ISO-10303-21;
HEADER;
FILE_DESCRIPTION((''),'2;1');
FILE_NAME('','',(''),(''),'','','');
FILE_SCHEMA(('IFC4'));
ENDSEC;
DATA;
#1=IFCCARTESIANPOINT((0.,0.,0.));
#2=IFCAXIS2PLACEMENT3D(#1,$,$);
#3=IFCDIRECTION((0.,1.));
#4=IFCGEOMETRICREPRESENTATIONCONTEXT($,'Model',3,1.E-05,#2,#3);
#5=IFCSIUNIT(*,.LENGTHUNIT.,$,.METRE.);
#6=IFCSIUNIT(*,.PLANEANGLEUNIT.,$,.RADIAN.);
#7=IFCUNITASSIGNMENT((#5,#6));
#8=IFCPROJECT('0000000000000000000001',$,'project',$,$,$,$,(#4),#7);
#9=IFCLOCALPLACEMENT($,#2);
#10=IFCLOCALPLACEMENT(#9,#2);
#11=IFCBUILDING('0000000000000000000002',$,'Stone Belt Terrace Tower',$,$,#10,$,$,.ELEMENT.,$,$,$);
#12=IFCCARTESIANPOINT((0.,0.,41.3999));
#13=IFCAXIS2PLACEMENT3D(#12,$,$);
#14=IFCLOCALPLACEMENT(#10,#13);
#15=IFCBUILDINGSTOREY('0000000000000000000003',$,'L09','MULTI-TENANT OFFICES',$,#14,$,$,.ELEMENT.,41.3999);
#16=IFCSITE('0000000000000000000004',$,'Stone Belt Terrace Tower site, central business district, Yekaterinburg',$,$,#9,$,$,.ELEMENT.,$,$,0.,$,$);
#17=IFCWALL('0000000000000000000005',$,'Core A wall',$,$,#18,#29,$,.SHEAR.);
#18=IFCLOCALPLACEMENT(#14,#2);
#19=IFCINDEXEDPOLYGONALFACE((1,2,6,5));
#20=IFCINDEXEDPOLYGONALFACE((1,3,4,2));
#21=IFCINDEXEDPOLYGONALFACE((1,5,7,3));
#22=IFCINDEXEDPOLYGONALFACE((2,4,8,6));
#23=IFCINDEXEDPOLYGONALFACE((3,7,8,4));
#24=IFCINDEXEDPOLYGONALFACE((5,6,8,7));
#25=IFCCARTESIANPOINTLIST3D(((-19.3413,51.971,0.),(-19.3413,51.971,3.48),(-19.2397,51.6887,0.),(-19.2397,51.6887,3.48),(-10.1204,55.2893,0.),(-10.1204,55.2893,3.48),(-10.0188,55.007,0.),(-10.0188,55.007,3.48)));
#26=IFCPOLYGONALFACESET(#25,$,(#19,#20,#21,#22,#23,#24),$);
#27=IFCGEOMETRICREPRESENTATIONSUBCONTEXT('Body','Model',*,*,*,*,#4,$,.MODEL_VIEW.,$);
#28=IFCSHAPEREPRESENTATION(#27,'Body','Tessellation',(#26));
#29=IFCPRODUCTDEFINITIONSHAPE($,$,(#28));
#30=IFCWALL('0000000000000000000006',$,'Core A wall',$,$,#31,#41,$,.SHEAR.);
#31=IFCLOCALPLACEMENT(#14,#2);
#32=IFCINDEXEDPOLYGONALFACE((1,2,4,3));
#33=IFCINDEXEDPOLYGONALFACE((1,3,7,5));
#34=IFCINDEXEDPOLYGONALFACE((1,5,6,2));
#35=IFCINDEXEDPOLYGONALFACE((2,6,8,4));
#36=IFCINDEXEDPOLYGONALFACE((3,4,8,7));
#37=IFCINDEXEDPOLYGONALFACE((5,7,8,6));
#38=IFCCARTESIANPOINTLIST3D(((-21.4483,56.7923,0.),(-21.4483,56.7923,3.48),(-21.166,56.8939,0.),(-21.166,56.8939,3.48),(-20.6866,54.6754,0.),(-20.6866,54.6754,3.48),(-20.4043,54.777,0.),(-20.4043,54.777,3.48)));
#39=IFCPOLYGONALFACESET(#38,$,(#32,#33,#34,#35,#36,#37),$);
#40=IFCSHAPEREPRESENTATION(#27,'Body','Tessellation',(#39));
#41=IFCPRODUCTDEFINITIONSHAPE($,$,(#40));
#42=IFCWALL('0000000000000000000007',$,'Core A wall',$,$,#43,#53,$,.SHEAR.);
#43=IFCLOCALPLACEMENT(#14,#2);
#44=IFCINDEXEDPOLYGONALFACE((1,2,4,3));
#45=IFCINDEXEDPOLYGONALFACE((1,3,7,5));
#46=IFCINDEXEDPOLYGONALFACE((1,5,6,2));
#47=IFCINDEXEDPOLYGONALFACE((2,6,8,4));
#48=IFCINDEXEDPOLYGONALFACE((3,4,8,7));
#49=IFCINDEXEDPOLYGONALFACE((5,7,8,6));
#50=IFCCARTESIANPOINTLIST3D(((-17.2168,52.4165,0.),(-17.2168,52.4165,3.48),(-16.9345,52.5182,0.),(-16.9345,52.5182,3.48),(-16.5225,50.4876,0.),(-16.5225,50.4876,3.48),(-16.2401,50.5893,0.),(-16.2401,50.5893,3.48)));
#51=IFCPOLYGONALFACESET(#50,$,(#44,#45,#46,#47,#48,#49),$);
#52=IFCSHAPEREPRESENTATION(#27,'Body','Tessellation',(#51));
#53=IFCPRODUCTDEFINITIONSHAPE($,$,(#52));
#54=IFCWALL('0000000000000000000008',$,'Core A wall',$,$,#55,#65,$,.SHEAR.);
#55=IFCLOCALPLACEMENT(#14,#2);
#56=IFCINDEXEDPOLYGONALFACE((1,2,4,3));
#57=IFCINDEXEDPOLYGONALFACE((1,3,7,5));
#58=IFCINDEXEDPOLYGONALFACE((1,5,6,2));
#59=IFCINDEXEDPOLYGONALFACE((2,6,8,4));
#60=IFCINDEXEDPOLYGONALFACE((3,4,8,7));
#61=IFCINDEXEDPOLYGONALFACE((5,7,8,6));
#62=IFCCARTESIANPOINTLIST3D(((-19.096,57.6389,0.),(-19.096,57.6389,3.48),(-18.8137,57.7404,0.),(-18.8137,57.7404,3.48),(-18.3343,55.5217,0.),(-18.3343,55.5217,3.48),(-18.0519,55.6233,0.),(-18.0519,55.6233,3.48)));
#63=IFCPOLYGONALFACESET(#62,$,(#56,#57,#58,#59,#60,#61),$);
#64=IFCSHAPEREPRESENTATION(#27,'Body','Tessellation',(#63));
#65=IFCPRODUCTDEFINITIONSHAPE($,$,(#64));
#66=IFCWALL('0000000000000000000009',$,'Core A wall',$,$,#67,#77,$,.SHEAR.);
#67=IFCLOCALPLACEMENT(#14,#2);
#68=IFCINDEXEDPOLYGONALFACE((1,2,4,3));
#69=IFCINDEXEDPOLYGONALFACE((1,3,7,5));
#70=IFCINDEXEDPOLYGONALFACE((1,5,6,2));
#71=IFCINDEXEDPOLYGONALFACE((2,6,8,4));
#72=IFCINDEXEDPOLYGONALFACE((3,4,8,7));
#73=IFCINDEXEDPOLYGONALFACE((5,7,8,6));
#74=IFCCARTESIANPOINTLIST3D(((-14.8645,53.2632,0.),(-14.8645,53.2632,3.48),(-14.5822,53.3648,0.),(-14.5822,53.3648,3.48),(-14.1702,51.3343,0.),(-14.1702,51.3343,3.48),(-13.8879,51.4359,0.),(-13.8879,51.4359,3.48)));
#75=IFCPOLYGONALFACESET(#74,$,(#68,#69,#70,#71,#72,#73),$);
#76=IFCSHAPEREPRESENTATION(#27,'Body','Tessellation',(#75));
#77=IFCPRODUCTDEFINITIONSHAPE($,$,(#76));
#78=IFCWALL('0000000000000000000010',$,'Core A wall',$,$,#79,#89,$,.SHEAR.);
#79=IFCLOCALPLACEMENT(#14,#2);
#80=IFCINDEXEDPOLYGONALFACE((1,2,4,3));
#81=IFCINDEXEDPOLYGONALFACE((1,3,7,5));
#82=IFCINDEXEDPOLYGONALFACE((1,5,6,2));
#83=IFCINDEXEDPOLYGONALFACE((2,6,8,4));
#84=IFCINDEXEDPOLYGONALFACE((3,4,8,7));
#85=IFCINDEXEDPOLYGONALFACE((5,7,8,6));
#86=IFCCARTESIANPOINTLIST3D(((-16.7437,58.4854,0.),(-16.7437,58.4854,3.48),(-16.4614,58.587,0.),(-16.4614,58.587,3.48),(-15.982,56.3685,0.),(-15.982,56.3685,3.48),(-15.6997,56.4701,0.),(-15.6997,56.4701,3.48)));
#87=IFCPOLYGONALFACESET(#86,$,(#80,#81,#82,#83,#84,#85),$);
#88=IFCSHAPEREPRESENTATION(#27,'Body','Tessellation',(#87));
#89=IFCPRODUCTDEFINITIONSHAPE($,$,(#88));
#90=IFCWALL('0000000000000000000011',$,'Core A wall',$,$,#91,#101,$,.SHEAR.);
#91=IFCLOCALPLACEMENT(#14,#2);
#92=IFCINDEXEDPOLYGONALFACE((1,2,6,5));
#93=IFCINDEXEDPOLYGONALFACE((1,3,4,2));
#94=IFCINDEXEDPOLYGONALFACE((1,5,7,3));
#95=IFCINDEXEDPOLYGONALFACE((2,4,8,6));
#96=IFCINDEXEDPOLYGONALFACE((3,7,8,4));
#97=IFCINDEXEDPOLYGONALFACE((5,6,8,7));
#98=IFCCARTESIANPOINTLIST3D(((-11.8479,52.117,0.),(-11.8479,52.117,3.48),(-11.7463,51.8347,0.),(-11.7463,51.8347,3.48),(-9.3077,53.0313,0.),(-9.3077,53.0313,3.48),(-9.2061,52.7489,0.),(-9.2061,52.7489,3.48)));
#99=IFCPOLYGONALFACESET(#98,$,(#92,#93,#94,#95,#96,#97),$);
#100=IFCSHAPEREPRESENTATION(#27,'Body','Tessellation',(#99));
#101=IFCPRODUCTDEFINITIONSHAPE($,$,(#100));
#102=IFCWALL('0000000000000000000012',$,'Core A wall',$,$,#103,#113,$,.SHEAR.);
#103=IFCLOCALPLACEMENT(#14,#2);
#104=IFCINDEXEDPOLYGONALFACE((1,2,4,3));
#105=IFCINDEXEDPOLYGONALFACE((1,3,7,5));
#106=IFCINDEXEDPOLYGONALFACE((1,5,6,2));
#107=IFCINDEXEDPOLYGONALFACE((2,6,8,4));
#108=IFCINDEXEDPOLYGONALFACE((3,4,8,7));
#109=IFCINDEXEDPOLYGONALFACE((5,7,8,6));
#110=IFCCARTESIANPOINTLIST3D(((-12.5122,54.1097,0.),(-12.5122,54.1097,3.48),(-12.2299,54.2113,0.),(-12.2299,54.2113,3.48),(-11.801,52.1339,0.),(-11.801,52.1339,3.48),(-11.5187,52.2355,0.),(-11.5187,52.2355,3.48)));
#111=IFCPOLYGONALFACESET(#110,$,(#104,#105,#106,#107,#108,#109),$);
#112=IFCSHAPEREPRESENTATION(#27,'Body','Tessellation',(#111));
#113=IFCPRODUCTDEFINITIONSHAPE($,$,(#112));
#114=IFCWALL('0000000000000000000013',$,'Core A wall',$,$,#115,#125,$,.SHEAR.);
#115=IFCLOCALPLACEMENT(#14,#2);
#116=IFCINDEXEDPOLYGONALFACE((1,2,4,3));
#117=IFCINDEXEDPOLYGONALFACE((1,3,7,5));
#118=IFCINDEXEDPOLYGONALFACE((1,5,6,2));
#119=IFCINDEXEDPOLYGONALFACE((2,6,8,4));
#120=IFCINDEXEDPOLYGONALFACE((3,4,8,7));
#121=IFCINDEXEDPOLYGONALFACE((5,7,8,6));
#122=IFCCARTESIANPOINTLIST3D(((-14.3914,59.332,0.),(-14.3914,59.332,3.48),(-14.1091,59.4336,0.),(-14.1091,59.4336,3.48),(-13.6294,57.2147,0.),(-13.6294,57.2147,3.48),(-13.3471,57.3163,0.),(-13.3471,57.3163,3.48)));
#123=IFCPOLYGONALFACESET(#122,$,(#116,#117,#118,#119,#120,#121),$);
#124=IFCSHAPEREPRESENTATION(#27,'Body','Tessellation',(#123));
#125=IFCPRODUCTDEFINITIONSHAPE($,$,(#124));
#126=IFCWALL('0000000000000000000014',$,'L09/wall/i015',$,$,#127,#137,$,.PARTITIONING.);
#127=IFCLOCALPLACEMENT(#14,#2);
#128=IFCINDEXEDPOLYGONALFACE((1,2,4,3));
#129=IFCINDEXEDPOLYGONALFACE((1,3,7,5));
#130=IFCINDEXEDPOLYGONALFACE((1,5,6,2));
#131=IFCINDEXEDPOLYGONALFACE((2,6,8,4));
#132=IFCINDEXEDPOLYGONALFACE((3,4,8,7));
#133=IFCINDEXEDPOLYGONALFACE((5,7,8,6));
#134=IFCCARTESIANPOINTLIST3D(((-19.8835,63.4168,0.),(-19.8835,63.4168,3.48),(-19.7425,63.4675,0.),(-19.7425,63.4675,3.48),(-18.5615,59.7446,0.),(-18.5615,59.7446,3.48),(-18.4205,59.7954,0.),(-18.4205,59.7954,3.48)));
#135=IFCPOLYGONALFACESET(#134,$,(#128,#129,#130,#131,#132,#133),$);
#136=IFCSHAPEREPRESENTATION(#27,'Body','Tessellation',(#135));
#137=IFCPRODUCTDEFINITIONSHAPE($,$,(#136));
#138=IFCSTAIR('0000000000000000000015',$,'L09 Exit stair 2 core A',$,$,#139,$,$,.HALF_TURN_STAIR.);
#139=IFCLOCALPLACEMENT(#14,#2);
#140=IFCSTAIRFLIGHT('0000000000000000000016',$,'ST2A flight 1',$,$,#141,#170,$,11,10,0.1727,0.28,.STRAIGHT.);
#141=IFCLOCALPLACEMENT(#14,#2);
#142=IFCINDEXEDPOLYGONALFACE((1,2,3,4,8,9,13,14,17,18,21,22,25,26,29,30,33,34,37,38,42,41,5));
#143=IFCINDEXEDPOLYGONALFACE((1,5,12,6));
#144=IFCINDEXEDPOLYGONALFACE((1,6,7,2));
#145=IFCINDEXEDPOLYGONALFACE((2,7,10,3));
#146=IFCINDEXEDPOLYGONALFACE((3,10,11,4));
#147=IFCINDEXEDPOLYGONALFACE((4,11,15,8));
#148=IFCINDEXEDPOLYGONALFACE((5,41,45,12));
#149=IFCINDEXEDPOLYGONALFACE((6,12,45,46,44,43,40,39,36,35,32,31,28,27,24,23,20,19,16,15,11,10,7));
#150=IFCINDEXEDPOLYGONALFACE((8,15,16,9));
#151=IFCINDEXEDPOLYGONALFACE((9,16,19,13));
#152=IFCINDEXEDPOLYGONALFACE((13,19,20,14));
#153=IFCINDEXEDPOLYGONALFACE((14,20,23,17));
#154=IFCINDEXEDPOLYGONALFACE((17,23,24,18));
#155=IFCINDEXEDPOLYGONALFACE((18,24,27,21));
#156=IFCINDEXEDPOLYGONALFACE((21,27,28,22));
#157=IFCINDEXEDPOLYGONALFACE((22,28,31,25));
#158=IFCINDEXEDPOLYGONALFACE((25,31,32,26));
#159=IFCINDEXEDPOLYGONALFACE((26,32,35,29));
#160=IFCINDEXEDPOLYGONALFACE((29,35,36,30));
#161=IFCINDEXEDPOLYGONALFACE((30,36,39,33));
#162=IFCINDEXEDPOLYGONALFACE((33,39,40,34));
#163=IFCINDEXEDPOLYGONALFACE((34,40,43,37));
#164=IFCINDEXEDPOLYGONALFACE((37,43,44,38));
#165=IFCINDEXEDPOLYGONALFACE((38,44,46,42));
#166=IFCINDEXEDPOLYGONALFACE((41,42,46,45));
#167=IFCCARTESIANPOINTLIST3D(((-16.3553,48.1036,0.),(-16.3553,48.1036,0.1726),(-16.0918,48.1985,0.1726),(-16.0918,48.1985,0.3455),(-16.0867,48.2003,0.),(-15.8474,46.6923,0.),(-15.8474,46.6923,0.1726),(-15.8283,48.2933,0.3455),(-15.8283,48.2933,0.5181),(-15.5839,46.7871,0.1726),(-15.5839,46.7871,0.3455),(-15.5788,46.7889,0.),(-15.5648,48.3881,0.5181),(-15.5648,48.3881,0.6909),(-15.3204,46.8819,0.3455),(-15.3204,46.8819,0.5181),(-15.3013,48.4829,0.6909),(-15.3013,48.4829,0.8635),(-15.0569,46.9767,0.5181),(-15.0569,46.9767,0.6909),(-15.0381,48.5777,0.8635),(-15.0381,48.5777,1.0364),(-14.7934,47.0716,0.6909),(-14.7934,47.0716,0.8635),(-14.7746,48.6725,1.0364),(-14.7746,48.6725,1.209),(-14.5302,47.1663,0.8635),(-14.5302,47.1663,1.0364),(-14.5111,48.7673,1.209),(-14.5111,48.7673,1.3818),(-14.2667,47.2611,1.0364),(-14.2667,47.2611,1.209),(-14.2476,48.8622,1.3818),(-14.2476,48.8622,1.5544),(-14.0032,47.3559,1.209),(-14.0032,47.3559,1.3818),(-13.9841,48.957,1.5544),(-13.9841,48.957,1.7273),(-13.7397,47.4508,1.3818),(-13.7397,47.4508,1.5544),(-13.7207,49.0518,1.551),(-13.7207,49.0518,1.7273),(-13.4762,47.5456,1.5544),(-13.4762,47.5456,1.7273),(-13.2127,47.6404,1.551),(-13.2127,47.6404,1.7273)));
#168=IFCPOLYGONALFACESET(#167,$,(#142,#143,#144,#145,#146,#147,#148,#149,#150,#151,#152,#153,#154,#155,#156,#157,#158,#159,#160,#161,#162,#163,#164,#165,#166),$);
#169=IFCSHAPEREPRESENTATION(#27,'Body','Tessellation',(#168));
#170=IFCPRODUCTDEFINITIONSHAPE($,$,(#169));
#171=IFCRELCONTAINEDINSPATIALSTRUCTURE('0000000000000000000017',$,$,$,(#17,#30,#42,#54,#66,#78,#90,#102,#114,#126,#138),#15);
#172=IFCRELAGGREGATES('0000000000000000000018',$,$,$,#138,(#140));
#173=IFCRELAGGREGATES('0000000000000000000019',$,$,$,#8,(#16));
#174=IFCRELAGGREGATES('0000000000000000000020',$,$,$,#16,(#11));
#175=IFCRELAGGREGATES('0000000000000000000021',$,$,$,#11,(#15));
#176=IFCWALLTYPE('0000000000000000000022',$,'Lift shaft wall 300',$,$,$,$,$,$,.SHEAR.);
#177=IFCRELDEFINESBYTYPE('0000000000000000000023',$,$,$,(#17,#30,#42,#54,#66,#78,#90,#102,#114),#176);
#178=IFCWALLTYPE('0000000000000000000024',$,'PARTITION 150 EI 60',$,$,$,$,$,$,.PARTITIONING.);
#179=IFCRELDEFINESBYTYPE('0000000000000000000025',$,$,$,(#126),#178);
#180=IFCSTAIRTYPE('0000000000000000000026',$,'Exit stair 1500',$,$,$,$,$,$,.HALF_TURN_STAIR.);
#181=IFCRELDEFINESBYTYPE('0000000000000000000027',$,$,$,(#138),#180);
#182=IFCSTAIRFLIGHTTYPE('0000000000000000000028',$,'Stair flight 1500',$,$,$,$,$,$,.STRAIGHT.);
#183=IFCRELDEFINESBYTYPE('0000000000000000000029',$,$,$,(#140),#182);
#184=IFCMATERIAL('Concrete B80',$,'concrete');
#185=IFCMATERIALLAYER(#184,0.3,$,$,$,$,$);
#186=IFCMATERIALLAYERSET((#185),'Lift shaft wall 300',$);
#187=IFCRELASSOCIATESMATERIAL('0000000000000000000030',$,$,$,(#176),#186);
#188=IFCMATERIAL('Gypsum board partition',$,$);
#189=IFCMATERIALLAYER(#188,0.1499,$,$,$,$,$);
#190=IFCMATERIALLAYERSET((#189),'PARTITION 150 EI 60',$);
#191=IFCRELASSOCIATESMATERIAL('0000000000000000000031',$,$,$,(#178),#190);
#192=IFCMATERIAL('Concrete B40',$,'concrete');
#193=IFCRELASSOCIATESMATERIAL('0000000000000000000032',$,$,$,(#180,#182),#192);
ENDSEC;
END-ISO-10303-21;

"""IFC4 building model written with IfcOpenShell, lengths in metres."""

from ifc_helpers import new_model, si_unit, direction, frame, frame_2d, origin, place, context, subcontext, project, spatial, polyline, rectangle, outline, extrude, material, layer, layer_set, type_object, element, aggregate, save


model = new_model("IFC4")

# Units and contexts
model_context = context("Model", 3, precision=1e-05, world=origin(), true_north=direction((0.0, 1.0)))
body_context = subcontext(model_context, "Body", "Model", "MODEL_VIEW")
ifc_project = project(units=[si_unit("LENGTHUNIT", "METRE"), si_unit("PLANEANGLEUNIT", "RADIAN")], contexts=[model_context])

# Site, building, storey
site_placement = place(None, origin())
site = spatial("IfcSite", under=ifc_project, at=site_placement, Name="Stone Belt Terrace Tower site, central business district, Yekaterinburg", CompositionType="ELEMENT", RefElevation=0.0)
building_placement = place(site_placement, origin())
building = spatial("IfcBuilding", under=site, at=building_placement, Name="Stone Belt Terrace Tower", CompositionType="ELEMENT")
storey_placement = place(building_placement, frame((0.0, 0.0, 41.3999)))
storey = spatial("IfcBuildingStorey", under=building, at=storey_placement, Name="L09", Description="MULTI-TENANT OFFICES", CompositionType="ELEMENT", Elevation=41.3999)

# Shared definitions
ifc_material_1 = material(Name="Concrete B80", Category="concrete")

# Walls
ifc_layer_1 = layer(ifc_material_1, 0.3)
ifc_layer_set_1 = layer_set([ifc_layer_1], Name="Lift shaft wall 300")
wall_type_1 = type_object("IfcWallType", Name="Lift shaft wall 300", PredefinedType="SHEAR", material=ifc_layer_set_1)
wall_1_placement = place(storey_placement, frame((-19.2905, 51.8298, 0.0), z_axis=(0.0, 0.0, 1.0), x_axis=(0.940926, 0.338613, 0.0)))
element("IfcWall", 1, at=wall_1_placement, inside=storey, type_object=wall_type_1, Name="Core A wall", PredefinedType="SHEAR", context=body_context, shape_type="SweptSolid", body=[
    extrude(rectangle(XDim=9.7998, YDim=0.3, at=frame_2d((4.8999, 0.0))), origin(), (0.0, 0.0, 1.0), 3.48),
])
wall_2_placement = place(storey_placement, frame((-20.5454, 54.7261, 0.0), z_axis=(0.0, 0.0, 1.0), x_axis=(-0.33857, 0.940941, 0.0)))
element("IfcWall", 2, at=wall_2_placement, inside=storey, type_object=wall_type_1, Name="Core A wall", PredefinedType="SHEAR", context=body_context, shape_type="SweptSolid", body=[
    extrude(rectangle(XDim=2.2498, YDim=0.3, at=frame_2d((1.125, 0.0))), origin(), (0.0, 0.0, 1.0), 3.48),
])
wall_3_placement = place(storey_placement, frame((-16.3813, 50.5386, 0.0), z_axis=(0.0, 0.0, 1.0), x_axis=(-0.338682, 0.940901, 0.0)))
element("IfcWall", 3, at=wall_3_placement, inside=storey, type_object=wall_type_1, Name="Core A wall", PredefinedType="SHEAR", context=body_context, shape_type="SweptSolid", body=[
    extrude(rectangle(XDim=2.05, YDim=0.3, at=frame_2d((1.0249, 0.0))), origin(), (0.0, 0.0, 1.0), 3.48),
])
wall_4_placement = place(storey_placement, frame((-18.1931, 55.5725, 0.0), z_axis=(0.0, 0.0, 1.0), x_axis=(-0.338535, 0.940954, 0.0)))
element("IfcWall", 4, at=wall_4_placement, inside=storey, type_object=wall_type_1, Name="Core A wall", PredefinedType="SHEAR", context=body_context, shape_type="SweptSolid", body=[
    extrude(rectangle(XDim=2.25, YDim=0.3, at=frame_2d((1.125, 0.0))), origin(), (0.0, 0.0, 1.0), 3.48),
])
wall_5_placement = place(storey_placement, frame((-14.0291, 51.3853, 0.0), z_axis=(0.0, 0.0, 1.0), x_axis=(-0.338682, 0.940901, 0.0)))
element("IfcWall", 5, at=wall_5_placement, inside=storey, type_object=wall_type_1, Name="Core A wall", PredefinedType="SHEAR", context=body_context, shape_type="SweptSolid", body=[
    extrude(rectangle(XDim=2.05, YDim=0.3, at=frame_2d((1.0249, 0.0))), origin(), (0.0, 0.0, 1.0), 3.48),
])
wall_6_placement = place(storey_placement, frame((-15.8408, 56.4192, 0.0), z_axis=(0.0, 0.0, 1.0), x_axis=(-0.33857, 0.940941, 0.0)))
element("IfcWall", 6, at=wall_6_placement, inside=storey, type_object=wall_type_1, Name="Core A wall", PredefinedType="SHEAR", context=body_context, shape_type="SweptSolid", body=[
    extrude(rectangle(XDim=2.2498, YDim=0.3, at=frame_2d((1.125, 0.0))), origin(), (0.0, 0.0, 1.0), 3.48),
])
wall_7_placement = place(storey_placement, frame((-11.7971, 51.9758, 0.0), z_axis=(0.0, 0.0, 1.0), x_axis=(0.94091, 0.338655, 0.0)))
element("IfcWall", 7, at=wall_7_placement, inside=storey, type_object=wall_type_1, Name="Core A wall", PredefinedType="SHEAR", context=body_context, shape_type="SweptSolid", body=[
    extrude(rectangle(XDim=2.6997, YDim=0.3, at=frame_2d((1.3499, 0.0))), origin(), (0.0, 0.0, 1.0), 3.48),
])
wall_8_placement = place(storey_placement, frame((-11.6599, 52.1848, 0.0), z_axis=(0.0, 0.0, 1.0), x_axis=(-0.33867, 0.940905, 0.0)))
element("IfcWall", 8, at=wall_8_placement, inside=storey, type_object=wall_type_1, Name="Core A wall", PredefinedType="SHEAR", context=body_context, shape_type="SweptSolid", body=[
    extrude(rectangle(XDim=2.0999, YDim=0.3, at=frame_2d((1.0498, 0.0))), origin(), (0.0, 0.0, 1.0), 3.48),
])
wall_9_placement = place(storey_placement, frame((-13.4883, 57.2656, 0.0), z_axis=(0.0, 0.0, 1.0), x_axis=(-0.338631, 0.940919, 0.0)))
element("IfcWall", 9, at=wall_9_placement, inside=storey, type_object=wall_type_1, Name="Core A wall", PredefinedType="SHEAR", context=body_context, shape_type="SweptSolid", body=[
    extrude(rectangle(XDim=2.2502, YDim=0.3, at=frame_2d((1.125, 0.0))), origin(), (0.0, 0.0, 1.0), 3.48),
])
ifc_material_2 = material(Name="Gypsum board partition")
ifc_layer_2 = layer(ifc_material_2, 0.1499)
ifc_layer_set_2 = layer_set([ifc_layer_2], Name="PARTITION 150 EI 60")
wall_type_2 = type_object("IfcWallType", Name="PARTITION 150 EI 60", PredefinedType="PARTITIONING", material=ifc_layer_set_2)
wall_10_placement = place(storey_placement, frame((-19.813, 63.4421, 0.0), z_axis=(0.0, 0.0, 1.0), x_axis=(0.338733, -0.940883, 0.0)))
element("IfcWall", 10, at=wall_10_placement, inside=storey, type_object=wall_type_2, Name="L09/wall/i015", PredefinedType="PARTITIONING", context=body_context, shape_type="SweptSolid", body=[
    extrude(rectangle(XDim=3.9028, YDim=0.1499, at=frame_2d((1.9514, 0.0))), origin(), (0.0, 0.0, 1.0), 3.48),
])

# Stair, stair flight
ifc_material_3 = material(Name="Concrete B40", Category="concrete")
stair_type = type_object("IfcStairType", Name="Exit stair 1500", PredefinedType="HALF_TURN_STAIR", material=ifc_material_3)
stair_placement = place(storey_placement, origin())
stair = element("IfcStair", 11, at=stair_placement, inside=storey, type_object=stair_type, Name="L09 Exit stair 2 core A", PredefinedType="HALF_TURN_STAIR")
stair_flight_type = type_object("IfcStairFlightType", Name="Stair flight 1500", PredefinedType="STRAIGHT", material=ifc_material_3)
stair_flight_1_placement = place(storey_placement, frame((-16.1013, 47.3979, 0.0), z_axis=(0.0, 0.0, 1.0), x_axis=(0.940922, 0.338624, 0.0)))
stair_flight_1 = element("IfcStairFlight", 12, at=stair_flight_1_placement, type_object=stair_flight_type, Name="ST2A flight 1", NumberOfRisers=11, NumberOfTreads=10, PredefinedType="STRAIGHT", RiserHeight=0.1727, TreadLength=0.28, context=body_context, shape_type="SweptSolid", body=[
    extrude(outline(polyline([(0.0, 0.0), (0.0, 0.1726), (0.28, 0.1726), (0.28, 0.3455), (0.5601, 0.3455), (0.5601, 0.5181), (0.8401, 0.5181), (0.8401, 0.6909), (1.1201, 0.6909), (1.1201, 0.8635), (1.3999, 0.8635), (1.3999, 1.0364), (1.6799, 1.0364), (1.6799, 1.209), (1.96, 1.209), (1.96, 1.3818), (2.24, 1.3818), (2.24, 1.5544), (2.52, 1.5544), (2.52, 1.7273), (2.8, 1.7273), (2.8, 1.8999), (2.8, 1.551), (0.2854, 0.0), (0.0, 0.0)])), frame((0.0, 0.75, 0.0), z_axis=(0.0, -1.0, 0.0), x_axis=(1.0, 0.0, 0.0)), (0.0, 0.0, 1.0), 1.5),
])
aggregate(stair, [stair_flight_1])

save(model, "model.ifc")
